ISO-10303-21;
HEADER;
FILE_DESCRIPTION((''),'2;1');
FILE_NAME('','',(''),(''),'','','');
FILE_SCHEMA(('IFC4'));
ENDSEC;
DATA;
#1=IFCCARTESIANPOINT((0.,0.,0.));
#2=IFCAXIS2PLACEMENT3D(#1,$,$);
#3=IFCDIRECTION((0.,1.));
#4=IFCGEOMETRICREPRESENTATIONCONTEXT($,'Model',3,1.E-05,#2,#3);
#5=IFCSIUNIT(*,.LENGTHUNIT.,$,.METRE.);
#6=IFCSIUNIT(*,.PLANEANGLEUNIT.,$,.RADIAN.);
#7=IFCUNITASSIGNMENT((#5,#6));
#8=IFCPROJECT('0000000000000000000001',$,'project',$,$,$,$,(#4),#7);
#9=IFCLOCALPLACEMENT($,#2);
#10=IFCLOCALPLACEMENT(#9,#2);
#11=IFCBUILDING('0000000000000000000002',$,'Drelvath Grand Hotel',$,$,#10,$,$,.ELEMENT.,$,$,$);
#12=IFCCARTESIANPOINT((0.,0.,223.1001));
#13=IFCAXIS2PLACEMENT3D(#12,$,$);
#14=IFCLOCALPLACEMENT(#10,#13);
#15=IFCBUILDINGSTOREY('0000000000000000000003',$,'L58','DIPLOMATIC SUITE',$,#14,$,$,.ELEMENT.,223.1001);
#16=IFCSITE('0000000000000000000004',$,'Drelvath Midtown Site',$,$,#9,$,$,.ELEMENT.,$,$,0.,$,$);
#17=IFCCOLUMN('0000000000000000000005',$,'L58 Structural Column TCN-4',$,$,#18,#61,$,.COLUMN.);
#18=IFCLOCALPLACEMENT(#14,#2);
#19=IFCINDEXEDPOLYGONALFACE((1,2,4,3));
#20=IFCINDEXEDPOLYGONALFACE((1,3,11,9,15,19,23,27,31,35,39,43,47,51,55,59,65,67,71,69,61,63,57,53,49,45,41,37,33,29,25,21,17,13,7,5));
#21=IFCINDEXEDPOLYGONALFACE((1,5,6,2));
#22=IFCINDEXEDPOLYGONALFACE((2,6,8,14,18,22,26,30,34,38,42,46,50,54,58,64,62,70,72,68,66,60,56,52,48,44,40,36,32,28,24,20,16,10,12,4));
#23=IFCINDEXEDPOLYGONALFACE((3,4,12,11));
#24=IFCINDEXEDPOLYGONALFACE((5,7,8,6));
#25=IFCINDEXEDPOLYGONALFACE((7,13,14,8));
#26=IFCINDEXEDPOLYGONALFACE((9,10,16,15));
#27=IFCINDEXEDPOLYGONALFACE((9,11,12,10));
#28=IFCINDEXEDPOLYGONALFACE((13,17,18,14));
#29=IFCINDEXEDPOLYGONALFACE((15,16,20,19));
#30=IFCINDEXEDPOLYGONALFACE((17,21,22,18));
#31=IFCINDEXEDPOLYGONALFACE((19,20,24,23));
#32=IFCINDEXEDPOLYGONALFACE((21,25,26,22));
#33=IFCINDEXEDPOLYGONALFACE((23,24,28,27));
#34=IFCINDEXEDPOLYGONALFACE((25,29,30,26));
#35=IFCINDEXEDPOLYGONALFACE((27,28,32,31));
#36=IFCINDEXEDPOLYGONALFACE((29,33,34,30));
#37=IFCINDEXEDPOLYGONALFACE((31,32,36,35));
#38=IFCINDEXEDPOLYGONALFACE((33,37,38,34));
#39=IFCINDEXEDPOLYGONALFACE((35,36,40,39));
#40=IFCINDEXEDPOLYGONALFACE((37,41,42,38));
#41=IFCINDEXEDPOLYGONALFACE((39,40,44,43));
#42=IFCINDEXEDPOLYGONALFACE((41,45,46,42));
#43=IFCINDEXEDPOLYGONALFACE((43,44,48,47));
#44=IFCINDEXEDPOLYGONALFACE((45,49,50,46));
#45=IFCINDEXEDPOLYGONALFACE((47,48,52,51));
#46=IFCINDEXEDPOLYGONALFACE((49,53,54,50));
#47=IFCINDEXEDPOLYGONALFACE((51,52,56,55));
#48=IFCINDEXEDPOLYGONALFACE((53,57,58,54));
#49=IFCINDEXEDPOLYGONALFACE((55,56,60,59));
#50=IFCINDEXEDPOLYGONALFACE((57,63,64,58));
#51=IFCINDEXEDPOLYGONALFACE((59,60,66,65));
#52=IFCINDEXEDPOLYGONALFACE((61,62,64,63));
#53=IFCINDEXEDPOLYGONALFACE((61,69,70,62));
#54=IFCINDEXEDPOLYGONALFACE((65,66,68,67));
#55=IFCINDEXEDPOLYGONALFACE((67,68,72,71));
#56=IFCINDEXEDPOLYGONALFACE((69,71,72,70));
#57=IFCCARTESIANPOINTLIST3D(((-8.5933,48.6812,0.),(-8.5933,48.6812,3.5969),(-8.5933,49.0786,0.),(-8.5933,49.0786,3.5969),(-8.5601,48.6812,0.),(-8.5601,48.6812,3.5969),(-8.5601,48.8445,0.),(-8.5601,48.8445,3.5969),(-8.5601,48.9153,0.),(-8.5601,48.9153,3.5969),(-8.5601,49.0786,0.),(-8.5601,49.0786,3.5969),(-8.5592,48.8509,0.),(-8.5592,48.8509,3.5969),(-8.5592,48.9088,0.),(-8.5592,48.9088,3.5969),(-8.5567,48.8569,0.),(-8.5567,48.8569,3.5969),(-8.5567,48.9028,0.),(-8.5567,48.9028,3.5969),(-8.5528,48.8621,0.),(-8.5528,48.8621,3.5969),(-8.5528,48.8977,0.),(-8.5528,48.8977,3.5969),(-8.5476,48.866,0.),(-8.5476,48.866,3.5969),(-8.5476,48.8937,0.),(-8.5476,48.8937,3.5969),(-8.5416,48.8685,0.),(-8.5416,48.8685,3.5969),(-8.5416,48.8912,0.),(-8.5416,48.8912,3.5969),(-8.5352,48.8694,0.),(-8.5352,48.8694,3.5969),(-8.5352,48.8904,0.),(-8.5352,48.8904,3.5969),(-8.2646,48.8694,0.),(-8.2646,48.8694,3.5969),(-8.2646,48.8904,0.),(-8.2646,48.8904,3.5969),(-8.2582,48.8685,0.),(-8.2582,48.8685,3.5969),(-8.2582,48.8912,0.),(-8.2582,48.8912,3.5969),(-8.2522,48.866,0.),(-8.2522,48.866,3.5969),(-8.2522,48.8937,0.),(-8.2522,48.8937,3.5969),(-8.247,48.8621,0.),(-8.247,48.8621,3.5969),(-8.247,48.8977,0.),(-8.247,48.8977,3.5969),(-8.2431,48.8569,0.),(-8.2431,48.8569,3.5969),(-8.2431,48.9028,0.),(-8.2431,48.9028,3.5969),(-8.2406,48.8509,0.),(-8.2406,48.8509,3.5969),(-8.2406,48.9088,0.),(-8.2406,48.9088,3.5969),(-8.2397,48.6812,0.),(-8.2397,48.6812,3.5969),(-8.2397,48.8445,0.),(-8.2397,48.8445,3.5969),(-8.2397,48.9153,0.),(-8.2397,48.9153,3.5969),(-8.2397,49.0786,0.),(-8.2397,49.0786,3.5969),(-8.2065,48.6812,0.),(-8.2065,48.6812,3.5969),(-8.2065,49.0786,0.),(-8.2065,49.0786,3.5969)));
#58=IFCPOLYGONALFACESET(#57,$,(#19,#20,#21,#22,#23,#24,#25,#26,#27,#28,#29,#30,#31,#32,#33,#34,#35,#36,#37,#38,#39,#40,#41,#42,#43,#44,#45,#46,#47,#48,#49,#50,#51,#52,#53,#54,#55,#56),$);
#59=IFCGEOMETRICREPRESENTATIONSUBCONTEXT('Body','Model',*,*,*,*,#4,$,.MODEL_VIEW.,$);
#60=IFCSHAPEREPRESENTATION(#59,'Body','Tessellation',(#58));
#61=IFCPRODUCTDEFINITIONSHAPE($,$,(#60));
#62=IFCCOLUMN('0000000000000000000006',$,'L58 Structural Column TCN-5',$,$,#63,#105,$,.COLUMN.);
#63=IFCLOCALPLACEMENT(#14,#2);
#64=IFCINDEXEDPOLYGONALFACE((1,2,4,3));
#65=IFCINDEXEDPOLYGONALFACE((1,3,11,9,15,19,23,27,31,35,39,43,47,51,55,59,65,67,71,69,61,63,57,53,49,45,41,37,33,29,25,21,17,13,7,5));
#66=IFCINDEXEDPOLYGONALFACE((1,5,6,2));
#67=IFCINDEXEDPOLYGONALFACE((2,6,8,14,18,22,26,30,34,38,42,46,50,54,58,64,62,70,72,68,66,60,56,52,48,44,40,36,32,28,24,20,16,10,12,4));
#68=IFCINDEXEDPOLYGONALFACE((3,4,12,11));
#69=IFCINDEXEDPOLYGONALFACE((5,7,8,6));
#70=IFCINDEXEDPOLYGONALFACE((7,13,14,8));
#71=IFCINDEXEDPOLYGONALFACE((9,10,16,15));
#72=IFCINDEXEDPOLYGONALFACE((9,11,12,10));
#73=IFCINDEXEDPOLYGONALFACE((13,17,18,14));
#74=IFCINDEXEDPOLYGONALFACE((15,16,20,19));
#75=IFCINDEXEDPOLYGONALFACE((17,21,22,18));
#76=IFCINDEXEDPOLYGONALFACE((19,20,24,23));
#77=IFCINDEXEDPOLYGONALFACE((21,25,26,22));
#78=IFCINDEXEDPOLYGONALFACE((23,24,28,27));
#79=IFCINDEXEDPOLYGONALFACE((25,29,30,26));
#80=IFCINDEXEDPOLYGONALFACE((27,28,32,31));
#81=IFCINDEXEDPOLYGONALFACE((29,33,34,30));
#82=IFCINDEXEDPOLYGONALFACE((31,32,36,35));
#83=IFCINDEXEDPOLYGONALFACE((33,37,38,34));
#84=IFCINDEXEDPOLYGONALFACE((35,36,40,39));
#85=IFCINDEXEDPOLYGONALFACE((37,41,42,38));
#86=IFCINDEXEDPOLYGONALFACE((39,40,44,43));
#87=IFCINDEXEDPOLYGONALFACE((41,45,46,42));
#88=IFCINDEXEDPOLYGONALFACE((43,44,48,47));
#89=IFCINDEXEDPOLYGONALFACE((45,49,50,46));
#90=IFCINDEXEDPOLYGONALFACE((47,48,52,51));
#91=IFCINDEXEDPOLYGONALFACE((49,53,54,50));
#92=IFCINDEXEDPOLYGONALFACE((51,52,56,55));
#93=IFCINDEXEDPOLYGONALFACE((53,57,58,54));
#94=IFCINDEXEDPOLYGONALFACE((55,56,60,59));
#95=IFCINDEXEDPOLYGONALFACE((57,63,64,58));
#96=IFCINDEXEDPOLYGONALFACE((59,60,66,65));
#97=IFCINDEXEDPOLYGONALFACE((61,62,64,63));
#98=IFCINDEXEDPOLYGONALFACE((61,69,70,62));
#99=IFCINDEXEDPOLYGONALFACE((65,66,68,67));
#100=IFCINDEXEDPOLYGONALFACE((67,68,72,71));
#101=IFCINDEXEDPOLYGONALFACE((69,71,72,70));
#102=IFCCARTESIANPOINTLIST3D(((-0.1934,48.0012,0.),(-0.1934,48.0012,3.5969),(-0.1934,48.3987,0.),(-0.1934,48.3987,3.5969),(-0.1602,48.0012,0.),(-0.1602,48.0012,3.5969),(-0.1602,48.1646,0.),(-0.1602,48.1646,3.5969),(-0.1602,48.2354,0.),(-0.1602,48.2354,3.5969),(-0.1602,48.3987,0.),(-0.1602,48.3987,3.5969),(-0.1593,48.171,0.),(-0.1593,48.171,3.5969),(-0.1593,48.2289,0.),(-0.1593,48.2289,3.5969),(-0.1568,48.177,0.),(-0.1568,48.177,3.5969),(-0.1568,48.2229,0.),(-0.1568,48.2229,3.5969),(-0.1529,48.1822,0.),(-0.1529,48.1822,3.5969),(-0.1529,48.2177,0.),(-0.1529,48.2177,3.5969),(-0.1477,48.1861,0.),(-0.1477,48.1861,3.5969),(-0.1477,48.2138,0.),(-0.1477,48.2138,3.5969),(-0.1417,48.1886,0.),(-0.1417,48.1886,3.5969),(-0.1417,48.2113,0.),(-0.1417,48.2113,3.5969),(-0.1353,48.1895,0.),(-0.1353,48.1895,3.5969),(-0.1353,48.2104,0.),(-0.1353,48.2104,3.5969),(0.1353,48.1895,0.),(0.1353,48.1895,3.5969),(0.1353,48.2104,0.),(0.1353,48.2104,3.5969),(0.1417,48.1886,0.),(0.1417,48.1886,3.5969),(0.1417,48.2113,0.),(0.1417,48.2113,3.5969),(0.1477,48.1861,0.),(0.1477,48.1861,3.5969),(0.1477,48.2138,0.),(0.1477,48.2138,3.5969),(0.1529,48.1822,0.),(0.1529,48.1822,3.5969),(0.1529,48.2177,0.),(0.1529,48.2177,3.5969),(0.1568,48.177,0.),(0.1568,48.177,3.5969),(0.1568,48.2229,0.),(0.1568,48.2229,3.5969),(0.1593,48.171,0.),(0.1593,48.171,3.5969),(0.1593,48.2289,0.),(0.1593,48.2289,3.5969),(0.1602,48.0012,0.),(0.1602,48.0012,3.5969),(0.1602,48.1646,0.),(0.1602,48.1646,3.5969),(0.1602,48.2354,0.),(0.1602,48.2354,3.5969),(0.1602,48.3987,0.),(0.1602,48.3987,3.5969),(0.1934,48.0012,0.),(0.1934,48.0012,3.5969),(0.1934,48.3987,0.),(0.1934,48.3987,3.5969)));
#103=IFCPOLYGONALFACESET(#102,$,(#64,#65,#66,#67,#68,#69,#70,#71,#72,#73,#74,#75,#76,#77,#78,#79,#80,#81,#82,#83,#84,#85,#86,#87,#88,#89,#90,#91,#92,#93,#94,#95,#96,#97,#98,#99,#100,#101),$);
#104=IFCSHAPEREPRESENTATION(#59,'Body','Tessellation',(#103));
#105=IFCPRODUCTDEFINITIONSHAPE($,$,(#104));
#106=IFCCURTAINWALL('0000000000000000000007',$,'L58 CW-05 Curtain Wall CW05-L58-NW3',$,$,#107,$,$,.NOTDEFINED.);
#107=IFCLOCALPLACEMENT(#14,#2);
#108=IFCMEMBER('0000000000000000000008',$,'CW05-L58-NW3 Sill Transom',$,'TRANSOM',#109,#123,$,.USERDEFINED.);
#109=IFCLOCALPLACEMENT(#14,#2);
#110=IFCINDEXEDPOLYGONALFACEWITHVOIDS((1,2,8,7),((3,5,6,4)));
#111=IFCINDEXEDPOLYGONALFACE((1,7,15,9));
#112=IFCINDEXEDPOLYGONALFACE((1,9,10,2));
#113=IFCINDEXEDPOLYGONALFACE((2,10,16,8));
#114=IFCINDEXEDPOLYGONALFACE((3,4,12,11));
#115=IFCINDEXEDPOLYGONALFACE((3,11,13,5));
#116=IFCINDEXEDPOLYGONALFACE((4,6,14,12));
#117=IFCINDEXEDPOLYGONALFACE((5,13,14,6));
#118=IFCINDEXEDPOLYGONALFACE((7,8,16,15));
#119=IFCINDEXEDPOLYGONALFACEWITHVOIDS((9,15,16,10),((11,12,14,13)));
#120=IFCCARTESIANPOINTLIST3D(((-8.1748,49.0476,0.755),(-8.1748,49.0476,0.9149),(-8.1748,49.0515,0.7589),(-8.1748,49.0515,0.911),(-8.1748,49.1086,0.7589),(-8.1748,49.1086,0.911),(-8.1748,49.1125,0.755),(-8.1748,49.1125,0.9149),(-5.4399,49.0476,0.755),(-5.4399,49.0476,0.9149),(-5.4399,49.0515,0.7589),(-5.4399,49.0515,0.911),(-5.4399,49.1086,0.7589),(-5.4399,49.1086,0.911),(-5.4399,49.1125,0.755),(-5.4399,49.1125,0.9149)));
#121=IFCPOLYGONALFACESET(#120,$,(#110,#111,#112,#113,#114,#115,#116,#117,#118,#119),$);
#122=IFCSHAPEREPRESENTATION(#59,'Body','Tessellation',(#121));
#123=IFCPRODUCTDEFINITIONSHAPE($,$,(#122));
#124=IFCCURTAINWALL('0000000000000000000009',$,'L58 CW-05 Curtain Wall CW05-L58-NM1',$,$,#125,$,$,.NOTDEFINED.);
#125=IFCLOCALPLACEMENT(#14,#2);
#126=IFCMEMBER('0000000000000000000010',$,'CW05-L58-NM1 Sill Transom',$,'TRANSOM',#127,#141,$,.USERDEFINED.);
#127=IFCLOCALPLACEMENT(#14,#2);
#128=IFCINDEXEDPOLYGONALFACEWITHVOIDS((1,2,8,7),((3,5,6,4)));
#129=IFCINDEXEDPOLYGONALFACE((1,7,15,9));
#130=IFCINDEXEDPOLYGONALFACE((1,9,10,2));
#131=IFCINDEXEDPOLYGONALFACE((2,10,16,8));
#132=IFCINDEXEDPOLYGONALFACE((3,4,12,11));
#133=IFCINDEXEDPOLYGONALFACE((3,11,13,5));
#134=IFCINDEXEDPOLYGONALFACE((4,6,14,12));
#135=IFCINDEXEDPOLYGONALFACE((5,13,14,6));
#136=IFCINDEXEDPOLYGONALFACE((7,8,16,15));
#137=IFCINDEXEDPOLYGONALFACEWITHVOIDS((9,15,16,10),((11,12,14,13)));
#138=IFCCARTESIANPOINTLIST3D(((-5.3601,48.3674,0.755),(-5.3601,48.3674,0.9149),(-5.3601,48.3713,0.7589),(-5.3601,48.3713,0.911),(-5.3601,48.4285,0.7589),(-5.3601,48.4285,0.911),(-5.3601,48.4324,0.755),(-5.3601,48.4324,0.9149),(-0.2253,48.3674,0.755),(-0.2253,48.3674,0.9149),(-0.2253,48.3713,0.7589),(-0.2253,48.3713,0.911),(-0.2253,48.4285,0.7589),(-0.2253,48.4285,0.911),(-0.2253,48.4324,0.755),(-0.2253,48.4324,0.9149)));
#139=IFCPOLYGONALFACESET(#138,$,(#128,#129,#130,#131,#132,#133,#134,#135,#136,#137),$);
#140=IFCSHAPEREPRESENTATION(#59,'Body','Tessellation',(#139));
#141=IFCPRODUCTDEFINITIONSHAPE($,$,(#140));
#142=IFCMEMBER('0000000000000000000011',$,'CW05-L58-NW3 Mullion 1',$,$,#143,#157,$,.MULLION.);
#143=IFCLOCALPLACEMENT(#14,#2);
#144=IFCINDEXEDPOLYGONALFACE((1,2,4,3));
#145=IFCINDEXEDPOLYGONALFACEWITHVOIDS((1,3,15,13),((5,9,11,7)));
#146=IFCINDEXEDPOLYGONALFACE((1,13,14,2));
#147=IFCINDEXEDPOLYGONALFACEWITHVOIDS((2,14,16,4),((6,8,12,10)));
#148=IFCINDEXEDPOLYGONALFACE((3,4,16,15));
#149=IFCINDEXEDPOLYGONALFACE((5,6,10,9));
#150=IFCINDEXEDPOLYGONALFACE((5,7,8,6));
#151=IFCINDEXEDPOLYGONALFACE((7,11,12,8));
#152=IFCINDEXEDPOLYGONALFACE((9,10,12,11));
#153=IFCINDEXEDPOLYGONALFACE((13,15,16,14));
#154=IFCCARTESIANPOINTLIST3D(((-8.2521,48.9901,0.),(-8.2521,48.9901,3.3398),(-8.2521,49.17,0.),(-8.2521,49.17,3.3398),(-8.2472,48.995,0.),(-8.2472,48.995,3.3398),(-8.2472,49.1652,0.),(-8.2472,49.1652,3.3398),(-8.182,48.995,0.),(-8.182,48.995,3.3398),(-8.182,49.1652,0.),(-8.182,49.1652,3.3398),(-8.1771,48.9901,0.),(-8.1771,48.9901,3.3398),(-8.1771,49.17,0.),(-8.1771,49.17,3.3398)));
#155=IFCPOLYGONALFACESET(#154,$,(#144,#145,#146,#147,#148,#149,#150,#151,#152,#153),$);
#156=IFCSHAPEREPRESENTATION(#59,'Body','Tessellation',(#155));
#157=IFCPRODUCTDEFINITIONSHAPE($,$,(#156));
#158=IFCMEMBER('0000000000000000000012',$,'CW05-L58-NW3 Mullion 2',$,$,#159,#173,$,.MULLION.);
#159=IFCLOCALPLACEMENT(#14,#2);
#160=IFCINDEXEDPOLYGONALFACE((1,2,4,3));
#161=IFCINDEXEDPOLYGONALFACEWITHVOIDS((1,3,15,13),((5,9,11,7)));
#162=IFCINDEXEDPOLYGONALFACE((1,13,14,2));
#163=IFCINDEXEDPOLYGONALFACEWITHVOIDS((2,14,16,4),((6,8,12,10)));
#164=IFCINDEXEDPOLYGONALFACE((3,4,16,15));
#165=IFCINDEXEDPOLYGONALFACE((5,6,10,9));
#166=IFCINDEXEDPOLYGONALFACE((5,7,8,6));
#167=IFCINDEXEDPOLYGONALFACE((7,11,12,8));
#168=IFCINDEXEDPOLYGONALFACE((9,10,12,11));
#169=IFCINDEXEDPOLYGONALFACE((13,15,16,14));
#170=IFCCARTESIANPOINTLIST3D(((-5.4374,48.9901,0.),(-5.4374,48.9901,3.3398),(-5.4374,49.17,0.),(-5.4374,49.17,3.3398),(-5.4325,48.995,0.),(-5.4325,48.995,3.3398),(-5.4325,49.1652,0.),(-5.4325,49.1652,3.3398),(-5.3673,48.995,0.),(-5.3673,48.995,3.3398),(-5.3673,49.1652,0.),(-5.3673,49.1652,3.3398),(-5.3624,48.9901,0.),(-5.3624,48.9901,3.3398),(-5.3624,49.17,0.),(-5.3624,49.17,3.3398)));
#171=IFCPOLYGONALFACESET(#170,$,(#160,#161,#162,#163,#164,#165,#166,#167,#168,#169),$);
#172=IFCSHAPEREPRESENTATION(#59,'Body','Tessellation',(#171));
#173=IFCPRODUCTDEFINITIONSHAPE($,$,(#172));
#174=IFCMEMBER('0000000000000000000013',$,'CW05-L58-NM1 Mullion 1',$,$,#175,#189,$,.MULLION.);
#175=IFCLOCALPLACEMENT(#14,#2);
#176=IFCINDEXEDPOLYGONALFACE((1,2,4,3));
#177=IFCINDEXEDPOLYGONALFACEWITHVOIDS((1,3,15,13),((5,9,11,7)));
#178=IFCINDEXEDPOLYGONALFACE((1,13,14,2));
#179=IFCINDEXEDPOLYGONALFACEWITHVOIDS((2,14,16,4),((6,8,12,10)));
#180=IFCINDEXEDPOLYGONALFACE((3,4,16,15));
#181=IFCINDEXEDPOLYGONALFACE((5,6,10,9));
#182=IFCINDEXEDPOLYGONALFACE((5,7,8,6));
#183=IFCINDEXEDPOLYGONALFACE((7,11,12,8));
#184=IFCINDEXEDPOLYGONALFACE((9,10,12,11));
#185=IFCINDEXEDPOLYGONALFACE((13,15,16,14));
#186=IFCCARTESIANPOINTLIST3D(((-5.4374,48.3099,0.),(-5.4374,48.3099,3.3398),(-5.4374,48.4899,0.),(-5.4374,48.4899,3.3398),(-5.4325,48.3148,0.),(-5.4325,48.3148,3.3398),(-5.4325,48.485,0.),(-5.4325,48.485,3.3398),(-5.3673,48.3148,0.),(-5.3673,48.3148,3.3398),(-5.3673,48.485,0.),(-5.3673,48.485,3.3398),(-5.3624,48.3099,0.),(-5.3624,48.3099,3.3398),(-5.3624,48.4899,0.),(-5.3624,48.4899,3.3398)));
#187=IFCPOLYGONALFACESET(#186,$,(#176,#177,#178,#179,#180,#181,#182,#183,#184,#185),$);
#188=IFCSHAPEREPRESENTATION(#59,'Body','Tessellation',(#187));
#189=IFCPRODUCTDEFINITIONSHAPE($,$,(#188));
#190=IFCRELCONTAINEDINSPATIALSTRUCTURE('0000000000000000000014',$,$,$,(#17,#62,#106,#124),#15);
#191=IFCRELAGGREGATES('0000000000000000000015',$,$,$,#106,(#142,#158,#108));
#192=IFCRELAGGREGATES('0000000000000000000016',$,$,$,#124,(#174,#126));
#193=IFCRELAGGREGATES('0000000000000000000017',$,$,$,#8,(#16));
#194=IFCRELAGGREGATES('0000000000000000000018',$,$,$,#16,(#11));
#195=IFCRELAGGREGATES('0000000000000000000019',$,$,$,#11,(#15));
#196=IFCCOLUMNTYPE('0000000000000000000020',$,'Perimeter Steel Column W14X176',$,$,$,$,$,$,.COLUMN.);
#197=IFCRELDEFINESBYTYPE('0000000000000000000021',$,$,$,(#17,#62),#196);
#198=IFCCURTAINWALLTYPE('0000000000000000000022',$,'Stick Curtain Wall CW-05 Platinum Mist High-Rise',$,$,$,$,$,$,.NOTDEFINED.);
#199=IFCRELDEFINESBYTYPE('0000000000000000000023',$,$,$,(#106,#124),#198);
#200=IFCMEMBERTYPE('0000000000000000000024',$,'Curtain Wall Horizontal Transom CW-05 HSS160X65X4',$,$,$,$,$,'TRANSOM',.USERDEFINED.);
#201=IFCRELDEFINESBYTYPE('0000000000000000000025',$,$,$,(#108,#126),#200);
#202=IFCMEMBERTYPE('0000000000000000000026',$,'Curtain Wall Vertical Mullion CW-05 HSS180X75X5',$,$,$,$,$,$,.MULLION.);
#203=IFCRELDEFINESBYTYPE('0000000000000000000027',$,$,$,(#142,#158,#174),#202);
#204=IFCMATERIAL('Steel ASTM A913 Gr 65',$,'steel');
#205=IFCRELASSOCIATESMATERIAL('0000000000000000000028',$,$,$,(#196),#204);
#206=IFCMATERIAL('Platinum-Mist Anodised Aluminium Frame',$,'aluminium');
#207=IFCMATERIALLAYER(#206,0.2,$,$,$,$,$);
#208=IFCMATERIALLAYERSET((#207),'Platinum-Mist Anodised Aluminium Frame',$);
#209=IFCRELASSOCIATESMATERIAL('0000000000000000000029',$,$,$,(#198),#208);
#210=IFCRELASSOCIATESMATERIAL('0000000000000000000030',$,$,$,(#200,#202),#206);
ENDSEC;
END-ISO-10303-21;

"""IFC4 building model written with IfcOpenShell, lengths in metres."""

from ifc_helpers import new_model, si_unit, direction, frame, origin, origin_2d, place, context, subcontext, project, spatial, hollow_rectangle, i_section, extrude, material, layer, layer_set, material_profile, profile_set, type_object, element, aggregate, save


model = new_model("IFC4")

# Units and contexts
model_context = context("Model", 3, precision=1e-05, world=origin(), true_north=direction((0.0, 1.0)))
body_context = subcontext(model_context, "Body", "Model", "MODEL_VIEW")
ifc_project = project(units=[si_unit("LENGTHUNIT", "METRE"), si_unit("PLANEANGLEUNIT", "RADIAN")], contexts=[model_context])

# Site, building, storey
site_placement = place(None, origin())
site = spatial("IfcSite", under=ifc_project, at=site_placement, Name="Drelvath Midtown Site", CompositionType="ELEMENT", RefElevation=0.0)
building_placement = place(site_placement, origin())
building = spatial("IfcBuilding", under=site, at=building_placement, Name="Drelvath Grand Hotel", CompositionType="ELEMENT")
storey_placement = place(building_placement, frame((0.0, 0.0, 223.1001)))
storey = spatial("IfcBuildingStorey", under=building, at=storey_placement, Name="L58", Description="DIPLOMATIC SUITE", CompositionType="ELEMENT", Elevation=223.1001)

# Columns
ifc_material_1 = material(Name="Steel ASTM A913 Gr 65", Category="steel")
ifc_material_profile_1 = material_profile(ifc_material_1, i_section(OverallWidth=0.3975, OverallDepth=0.3867, WebThickness=0.021, FlangeThickness=0.0332, FilletRadius=0.0249, at=origin_2d()), Name="W14X176")
ifc_profile_set_1 = profile_set([ifc_material_profile_1], Name="Steel ASTM A913 Gr 65")
column_type = type_object("IfcColumnType", Name="Perimeter Steel Column W14X176", PredefinedType="COLUMN", material=ifc_profile_set_1)
for number, where, z_axis, x_axis, name in (
    (1, (-8.3999, 48.8799, 0.0), (0.0, 0.0, 1.0), (0.0, 1.0, 0.0), "L58 Structural Column TCN-4"),
    (2, (0.0, 48.2, 0.0), (0.0, 0.0, 1.0), (0.0, 1.0, 0.0), "L58 Structural Column TCN-5"),
):
    element("IfcColumn", number, at=place(storey_placement, frame(where, z_axis=z_axis, x_axis=x_axis)), inside=storey, type_object=column_type, Name=name, PredefinedType="COLUMN", context=body_context, shape_type="SweptSolid", body=[
        extrude(i_section(OverallWidth=0.3975, OverallDepth=0.3867, WebThickness=0.021, FlangeThickness=0.0332, FilletRadius=0.0249, at=origin_2d()), origin(), (0.0, 0.0, 1.0), 3.5969),
    ])

# Curtain walls, members
ifc_material_2 = material(Name="Platinum-Mist Anodised Aluminium Frame", Category="aluminium")
ifc_layer_1 = layer(ifc_material_2, 0.2)
ifc_layer_set_1 = layer_set([ifc_layer_1], Name="Platinum-Mist Anodised Aluminium Frame")
curtain_wall_type = type_object("IfcCurtainWallType", Name="Stick Curtain Wall CW-05 Platinum Mist High-Rise", PredefinedType="NOTDEFINED", material=ifc_layer_set_1)
curtain_wall_1_placement = place(storey_placement, origin())
curtain_wall_1 = element("IfcCurtainWall", 3, at=curtain_wall_1_placement, inside=storey, type_object=curtain_wall_type, Name="L58 CW-05 Curtain Wall CW05-L58-NW3", PredefinedType="NOTDEFINED")
ifc_material_profile_2 = material_profile(ifc_material_2, hollow_rectangle(XDim=0.0649, YDim=0.1599, WallThickness=0.0039, at=origin_2d()), Name="HSS160X65X4")
ifc_profile_set_2 = profile_set([ifc_material_profile_2], Name="Platinum-Mist Anodised Aluminium Frame")
member_type_1 = type_object("IfcMemberType", Name="Curtain Wall Horizontal Transom CW-05 HSS160X65X4", ElementType="TRANSOM", PredefinedType="USERDEFINED", material=ifc_profile_set_2)
member_1_placement = place(storey_placement, frame((-8.1748, 49.0801, 0.835), z_axis=(1.0, 0.0, 0.0), x_axis=(0.0, 1.0, 0.0)))
member_1 = element("IfcMember", 4, at=member_1_placement, type_object=member_type_1, Name="CW05-L58-NW3 Sill Transom", ObjectType="TRANSOM", PredefinedType="USERDEFINED", context=body_context, shape_type="SweptSolid", body=[
    extrude(hollow_rectangle(XDim=0.0649, YDim=0.1599, WallThickness=0.0039, at=origin_2d()), origin(), (0.0, 0.0, 1.0), 2.7349),
])
curtain_wall_2_placement = place(storey_placement, origin())
curtain_wall_2 = element("IfcCurtainWall", 5, at=curtain_wall_2_placement, inside=storey, type_object=curtain_wall_type, Name="L58 CW-05 Curtain Wall CW05-L58-NM1", PredefinedType="NOTDEFINED")
member_2_placement = place(storey_placement, frame((-5.3601, 48.3999, 0.835), z_axis=(1.0, 0.0, 0.0), x_axis=(0.0, 1.0, 0.0)))
member_2 = element("IfcMember", 6, at=member_2_placement, type_object=member_type_1, Name="CW05-L58-NM1 Sill Transom", ObjectType="TRANSOM", PredefinedType="USERDEFINED", context=body_context, shape_type="SweptSolid", body=[
    extrude(hollow_rectangle(XDim=0.0649, YDim=0.1599, WallThickness=0.0039, at=origin_2d()), origin(), (0.0, 0.0, 1.0), 5.1348),
])

# Members
ifc_material_profile_3 = material_profile(ifc_material_2, hollow_rectangle(XDim=0.075, YDim=0.1799, WallThickness=0.0049, at=origin_2d()), Name="HSS180X75X5")
ifc_profile_set_3 = profile_set([ifc_material_profile_3], Name="Platinum-Mist Anodised Aluminium Frame")
member_type_2 = type_object("IfcMemberType", Name="Curtain Wall Vertical Mullion CW-05 HSS180X75X5", PredefinedType="MULLION", material=ifc_profile_set_3)
member_3_placement = place(storey_placement, frame((-8.2146, 49.0801, 0.0), z_axis=(0.0, 0.0, 1.0), x_axis=(1.0, 0.0, 0.0)))
member_3 = element("IfcMember", 7, at=member_3_placement, type_object=member_type_2, Name="CW05-L58-NW3 Mullion 1", PredefinedType="MULLION", context=body_context, shape_type="SweptSolid", body=[
    extrude(hollow_rectangle(XDim=0.075, YDim=0.1799, WallThickness=0.0049, at=origin_2d()), origin(), (0.0, 0.0, 1.0), 3.3398),
])
member_4_placement = place(storey_placement, frame((-5.3999, 49.0801, 0.0), z_axis=(0.0, 0.0, 1.0), x_axis=(1.0, 0.0, 0.0)))
member_4 = element("IfcMember", 8, at=member_4_placement, type_object=member_type_2, Name="CW05-L58-NW3 Mullion 2", PredefinedType="MULLION", context=body_context, shape_type="SweptSolid", body=[
    extrude(hollow_rectangle(XDim=0.075, YDim=0.1799, WallThickness=0.0049, at=origin_2d()), origin(), (0.0, 0.0, 1.0), 3.3398),
])
member_5_placement = place(storey_placement, frame((-5.3999, 48.3999, 0.0), z_axis=(0.0, 0.0, 1.0), x_axis=(1.0, 0.0, 0.0)))
member_5 = element("IfcMember", 9, at=member_5_placement, type_object=member_type_2, Name="CW05-L58-NM1 Mullion 1", PredefinedType="MULLION", context=body_context, shape_type="SweptSolid", body=[
    extrude(hollow_rectangle(XDim=0.075, YDim=0.1799, WallThickness=0.0049, at=origin_2d()), origin(), (0.0, 0.0, 1.0), 3.3398),
])

aggregate(curtain_wall_1, [member_3, member_4, member_1])
aggregate(curtain_wall_2, [member_5, member_2])

save(model, "model.ifc")
